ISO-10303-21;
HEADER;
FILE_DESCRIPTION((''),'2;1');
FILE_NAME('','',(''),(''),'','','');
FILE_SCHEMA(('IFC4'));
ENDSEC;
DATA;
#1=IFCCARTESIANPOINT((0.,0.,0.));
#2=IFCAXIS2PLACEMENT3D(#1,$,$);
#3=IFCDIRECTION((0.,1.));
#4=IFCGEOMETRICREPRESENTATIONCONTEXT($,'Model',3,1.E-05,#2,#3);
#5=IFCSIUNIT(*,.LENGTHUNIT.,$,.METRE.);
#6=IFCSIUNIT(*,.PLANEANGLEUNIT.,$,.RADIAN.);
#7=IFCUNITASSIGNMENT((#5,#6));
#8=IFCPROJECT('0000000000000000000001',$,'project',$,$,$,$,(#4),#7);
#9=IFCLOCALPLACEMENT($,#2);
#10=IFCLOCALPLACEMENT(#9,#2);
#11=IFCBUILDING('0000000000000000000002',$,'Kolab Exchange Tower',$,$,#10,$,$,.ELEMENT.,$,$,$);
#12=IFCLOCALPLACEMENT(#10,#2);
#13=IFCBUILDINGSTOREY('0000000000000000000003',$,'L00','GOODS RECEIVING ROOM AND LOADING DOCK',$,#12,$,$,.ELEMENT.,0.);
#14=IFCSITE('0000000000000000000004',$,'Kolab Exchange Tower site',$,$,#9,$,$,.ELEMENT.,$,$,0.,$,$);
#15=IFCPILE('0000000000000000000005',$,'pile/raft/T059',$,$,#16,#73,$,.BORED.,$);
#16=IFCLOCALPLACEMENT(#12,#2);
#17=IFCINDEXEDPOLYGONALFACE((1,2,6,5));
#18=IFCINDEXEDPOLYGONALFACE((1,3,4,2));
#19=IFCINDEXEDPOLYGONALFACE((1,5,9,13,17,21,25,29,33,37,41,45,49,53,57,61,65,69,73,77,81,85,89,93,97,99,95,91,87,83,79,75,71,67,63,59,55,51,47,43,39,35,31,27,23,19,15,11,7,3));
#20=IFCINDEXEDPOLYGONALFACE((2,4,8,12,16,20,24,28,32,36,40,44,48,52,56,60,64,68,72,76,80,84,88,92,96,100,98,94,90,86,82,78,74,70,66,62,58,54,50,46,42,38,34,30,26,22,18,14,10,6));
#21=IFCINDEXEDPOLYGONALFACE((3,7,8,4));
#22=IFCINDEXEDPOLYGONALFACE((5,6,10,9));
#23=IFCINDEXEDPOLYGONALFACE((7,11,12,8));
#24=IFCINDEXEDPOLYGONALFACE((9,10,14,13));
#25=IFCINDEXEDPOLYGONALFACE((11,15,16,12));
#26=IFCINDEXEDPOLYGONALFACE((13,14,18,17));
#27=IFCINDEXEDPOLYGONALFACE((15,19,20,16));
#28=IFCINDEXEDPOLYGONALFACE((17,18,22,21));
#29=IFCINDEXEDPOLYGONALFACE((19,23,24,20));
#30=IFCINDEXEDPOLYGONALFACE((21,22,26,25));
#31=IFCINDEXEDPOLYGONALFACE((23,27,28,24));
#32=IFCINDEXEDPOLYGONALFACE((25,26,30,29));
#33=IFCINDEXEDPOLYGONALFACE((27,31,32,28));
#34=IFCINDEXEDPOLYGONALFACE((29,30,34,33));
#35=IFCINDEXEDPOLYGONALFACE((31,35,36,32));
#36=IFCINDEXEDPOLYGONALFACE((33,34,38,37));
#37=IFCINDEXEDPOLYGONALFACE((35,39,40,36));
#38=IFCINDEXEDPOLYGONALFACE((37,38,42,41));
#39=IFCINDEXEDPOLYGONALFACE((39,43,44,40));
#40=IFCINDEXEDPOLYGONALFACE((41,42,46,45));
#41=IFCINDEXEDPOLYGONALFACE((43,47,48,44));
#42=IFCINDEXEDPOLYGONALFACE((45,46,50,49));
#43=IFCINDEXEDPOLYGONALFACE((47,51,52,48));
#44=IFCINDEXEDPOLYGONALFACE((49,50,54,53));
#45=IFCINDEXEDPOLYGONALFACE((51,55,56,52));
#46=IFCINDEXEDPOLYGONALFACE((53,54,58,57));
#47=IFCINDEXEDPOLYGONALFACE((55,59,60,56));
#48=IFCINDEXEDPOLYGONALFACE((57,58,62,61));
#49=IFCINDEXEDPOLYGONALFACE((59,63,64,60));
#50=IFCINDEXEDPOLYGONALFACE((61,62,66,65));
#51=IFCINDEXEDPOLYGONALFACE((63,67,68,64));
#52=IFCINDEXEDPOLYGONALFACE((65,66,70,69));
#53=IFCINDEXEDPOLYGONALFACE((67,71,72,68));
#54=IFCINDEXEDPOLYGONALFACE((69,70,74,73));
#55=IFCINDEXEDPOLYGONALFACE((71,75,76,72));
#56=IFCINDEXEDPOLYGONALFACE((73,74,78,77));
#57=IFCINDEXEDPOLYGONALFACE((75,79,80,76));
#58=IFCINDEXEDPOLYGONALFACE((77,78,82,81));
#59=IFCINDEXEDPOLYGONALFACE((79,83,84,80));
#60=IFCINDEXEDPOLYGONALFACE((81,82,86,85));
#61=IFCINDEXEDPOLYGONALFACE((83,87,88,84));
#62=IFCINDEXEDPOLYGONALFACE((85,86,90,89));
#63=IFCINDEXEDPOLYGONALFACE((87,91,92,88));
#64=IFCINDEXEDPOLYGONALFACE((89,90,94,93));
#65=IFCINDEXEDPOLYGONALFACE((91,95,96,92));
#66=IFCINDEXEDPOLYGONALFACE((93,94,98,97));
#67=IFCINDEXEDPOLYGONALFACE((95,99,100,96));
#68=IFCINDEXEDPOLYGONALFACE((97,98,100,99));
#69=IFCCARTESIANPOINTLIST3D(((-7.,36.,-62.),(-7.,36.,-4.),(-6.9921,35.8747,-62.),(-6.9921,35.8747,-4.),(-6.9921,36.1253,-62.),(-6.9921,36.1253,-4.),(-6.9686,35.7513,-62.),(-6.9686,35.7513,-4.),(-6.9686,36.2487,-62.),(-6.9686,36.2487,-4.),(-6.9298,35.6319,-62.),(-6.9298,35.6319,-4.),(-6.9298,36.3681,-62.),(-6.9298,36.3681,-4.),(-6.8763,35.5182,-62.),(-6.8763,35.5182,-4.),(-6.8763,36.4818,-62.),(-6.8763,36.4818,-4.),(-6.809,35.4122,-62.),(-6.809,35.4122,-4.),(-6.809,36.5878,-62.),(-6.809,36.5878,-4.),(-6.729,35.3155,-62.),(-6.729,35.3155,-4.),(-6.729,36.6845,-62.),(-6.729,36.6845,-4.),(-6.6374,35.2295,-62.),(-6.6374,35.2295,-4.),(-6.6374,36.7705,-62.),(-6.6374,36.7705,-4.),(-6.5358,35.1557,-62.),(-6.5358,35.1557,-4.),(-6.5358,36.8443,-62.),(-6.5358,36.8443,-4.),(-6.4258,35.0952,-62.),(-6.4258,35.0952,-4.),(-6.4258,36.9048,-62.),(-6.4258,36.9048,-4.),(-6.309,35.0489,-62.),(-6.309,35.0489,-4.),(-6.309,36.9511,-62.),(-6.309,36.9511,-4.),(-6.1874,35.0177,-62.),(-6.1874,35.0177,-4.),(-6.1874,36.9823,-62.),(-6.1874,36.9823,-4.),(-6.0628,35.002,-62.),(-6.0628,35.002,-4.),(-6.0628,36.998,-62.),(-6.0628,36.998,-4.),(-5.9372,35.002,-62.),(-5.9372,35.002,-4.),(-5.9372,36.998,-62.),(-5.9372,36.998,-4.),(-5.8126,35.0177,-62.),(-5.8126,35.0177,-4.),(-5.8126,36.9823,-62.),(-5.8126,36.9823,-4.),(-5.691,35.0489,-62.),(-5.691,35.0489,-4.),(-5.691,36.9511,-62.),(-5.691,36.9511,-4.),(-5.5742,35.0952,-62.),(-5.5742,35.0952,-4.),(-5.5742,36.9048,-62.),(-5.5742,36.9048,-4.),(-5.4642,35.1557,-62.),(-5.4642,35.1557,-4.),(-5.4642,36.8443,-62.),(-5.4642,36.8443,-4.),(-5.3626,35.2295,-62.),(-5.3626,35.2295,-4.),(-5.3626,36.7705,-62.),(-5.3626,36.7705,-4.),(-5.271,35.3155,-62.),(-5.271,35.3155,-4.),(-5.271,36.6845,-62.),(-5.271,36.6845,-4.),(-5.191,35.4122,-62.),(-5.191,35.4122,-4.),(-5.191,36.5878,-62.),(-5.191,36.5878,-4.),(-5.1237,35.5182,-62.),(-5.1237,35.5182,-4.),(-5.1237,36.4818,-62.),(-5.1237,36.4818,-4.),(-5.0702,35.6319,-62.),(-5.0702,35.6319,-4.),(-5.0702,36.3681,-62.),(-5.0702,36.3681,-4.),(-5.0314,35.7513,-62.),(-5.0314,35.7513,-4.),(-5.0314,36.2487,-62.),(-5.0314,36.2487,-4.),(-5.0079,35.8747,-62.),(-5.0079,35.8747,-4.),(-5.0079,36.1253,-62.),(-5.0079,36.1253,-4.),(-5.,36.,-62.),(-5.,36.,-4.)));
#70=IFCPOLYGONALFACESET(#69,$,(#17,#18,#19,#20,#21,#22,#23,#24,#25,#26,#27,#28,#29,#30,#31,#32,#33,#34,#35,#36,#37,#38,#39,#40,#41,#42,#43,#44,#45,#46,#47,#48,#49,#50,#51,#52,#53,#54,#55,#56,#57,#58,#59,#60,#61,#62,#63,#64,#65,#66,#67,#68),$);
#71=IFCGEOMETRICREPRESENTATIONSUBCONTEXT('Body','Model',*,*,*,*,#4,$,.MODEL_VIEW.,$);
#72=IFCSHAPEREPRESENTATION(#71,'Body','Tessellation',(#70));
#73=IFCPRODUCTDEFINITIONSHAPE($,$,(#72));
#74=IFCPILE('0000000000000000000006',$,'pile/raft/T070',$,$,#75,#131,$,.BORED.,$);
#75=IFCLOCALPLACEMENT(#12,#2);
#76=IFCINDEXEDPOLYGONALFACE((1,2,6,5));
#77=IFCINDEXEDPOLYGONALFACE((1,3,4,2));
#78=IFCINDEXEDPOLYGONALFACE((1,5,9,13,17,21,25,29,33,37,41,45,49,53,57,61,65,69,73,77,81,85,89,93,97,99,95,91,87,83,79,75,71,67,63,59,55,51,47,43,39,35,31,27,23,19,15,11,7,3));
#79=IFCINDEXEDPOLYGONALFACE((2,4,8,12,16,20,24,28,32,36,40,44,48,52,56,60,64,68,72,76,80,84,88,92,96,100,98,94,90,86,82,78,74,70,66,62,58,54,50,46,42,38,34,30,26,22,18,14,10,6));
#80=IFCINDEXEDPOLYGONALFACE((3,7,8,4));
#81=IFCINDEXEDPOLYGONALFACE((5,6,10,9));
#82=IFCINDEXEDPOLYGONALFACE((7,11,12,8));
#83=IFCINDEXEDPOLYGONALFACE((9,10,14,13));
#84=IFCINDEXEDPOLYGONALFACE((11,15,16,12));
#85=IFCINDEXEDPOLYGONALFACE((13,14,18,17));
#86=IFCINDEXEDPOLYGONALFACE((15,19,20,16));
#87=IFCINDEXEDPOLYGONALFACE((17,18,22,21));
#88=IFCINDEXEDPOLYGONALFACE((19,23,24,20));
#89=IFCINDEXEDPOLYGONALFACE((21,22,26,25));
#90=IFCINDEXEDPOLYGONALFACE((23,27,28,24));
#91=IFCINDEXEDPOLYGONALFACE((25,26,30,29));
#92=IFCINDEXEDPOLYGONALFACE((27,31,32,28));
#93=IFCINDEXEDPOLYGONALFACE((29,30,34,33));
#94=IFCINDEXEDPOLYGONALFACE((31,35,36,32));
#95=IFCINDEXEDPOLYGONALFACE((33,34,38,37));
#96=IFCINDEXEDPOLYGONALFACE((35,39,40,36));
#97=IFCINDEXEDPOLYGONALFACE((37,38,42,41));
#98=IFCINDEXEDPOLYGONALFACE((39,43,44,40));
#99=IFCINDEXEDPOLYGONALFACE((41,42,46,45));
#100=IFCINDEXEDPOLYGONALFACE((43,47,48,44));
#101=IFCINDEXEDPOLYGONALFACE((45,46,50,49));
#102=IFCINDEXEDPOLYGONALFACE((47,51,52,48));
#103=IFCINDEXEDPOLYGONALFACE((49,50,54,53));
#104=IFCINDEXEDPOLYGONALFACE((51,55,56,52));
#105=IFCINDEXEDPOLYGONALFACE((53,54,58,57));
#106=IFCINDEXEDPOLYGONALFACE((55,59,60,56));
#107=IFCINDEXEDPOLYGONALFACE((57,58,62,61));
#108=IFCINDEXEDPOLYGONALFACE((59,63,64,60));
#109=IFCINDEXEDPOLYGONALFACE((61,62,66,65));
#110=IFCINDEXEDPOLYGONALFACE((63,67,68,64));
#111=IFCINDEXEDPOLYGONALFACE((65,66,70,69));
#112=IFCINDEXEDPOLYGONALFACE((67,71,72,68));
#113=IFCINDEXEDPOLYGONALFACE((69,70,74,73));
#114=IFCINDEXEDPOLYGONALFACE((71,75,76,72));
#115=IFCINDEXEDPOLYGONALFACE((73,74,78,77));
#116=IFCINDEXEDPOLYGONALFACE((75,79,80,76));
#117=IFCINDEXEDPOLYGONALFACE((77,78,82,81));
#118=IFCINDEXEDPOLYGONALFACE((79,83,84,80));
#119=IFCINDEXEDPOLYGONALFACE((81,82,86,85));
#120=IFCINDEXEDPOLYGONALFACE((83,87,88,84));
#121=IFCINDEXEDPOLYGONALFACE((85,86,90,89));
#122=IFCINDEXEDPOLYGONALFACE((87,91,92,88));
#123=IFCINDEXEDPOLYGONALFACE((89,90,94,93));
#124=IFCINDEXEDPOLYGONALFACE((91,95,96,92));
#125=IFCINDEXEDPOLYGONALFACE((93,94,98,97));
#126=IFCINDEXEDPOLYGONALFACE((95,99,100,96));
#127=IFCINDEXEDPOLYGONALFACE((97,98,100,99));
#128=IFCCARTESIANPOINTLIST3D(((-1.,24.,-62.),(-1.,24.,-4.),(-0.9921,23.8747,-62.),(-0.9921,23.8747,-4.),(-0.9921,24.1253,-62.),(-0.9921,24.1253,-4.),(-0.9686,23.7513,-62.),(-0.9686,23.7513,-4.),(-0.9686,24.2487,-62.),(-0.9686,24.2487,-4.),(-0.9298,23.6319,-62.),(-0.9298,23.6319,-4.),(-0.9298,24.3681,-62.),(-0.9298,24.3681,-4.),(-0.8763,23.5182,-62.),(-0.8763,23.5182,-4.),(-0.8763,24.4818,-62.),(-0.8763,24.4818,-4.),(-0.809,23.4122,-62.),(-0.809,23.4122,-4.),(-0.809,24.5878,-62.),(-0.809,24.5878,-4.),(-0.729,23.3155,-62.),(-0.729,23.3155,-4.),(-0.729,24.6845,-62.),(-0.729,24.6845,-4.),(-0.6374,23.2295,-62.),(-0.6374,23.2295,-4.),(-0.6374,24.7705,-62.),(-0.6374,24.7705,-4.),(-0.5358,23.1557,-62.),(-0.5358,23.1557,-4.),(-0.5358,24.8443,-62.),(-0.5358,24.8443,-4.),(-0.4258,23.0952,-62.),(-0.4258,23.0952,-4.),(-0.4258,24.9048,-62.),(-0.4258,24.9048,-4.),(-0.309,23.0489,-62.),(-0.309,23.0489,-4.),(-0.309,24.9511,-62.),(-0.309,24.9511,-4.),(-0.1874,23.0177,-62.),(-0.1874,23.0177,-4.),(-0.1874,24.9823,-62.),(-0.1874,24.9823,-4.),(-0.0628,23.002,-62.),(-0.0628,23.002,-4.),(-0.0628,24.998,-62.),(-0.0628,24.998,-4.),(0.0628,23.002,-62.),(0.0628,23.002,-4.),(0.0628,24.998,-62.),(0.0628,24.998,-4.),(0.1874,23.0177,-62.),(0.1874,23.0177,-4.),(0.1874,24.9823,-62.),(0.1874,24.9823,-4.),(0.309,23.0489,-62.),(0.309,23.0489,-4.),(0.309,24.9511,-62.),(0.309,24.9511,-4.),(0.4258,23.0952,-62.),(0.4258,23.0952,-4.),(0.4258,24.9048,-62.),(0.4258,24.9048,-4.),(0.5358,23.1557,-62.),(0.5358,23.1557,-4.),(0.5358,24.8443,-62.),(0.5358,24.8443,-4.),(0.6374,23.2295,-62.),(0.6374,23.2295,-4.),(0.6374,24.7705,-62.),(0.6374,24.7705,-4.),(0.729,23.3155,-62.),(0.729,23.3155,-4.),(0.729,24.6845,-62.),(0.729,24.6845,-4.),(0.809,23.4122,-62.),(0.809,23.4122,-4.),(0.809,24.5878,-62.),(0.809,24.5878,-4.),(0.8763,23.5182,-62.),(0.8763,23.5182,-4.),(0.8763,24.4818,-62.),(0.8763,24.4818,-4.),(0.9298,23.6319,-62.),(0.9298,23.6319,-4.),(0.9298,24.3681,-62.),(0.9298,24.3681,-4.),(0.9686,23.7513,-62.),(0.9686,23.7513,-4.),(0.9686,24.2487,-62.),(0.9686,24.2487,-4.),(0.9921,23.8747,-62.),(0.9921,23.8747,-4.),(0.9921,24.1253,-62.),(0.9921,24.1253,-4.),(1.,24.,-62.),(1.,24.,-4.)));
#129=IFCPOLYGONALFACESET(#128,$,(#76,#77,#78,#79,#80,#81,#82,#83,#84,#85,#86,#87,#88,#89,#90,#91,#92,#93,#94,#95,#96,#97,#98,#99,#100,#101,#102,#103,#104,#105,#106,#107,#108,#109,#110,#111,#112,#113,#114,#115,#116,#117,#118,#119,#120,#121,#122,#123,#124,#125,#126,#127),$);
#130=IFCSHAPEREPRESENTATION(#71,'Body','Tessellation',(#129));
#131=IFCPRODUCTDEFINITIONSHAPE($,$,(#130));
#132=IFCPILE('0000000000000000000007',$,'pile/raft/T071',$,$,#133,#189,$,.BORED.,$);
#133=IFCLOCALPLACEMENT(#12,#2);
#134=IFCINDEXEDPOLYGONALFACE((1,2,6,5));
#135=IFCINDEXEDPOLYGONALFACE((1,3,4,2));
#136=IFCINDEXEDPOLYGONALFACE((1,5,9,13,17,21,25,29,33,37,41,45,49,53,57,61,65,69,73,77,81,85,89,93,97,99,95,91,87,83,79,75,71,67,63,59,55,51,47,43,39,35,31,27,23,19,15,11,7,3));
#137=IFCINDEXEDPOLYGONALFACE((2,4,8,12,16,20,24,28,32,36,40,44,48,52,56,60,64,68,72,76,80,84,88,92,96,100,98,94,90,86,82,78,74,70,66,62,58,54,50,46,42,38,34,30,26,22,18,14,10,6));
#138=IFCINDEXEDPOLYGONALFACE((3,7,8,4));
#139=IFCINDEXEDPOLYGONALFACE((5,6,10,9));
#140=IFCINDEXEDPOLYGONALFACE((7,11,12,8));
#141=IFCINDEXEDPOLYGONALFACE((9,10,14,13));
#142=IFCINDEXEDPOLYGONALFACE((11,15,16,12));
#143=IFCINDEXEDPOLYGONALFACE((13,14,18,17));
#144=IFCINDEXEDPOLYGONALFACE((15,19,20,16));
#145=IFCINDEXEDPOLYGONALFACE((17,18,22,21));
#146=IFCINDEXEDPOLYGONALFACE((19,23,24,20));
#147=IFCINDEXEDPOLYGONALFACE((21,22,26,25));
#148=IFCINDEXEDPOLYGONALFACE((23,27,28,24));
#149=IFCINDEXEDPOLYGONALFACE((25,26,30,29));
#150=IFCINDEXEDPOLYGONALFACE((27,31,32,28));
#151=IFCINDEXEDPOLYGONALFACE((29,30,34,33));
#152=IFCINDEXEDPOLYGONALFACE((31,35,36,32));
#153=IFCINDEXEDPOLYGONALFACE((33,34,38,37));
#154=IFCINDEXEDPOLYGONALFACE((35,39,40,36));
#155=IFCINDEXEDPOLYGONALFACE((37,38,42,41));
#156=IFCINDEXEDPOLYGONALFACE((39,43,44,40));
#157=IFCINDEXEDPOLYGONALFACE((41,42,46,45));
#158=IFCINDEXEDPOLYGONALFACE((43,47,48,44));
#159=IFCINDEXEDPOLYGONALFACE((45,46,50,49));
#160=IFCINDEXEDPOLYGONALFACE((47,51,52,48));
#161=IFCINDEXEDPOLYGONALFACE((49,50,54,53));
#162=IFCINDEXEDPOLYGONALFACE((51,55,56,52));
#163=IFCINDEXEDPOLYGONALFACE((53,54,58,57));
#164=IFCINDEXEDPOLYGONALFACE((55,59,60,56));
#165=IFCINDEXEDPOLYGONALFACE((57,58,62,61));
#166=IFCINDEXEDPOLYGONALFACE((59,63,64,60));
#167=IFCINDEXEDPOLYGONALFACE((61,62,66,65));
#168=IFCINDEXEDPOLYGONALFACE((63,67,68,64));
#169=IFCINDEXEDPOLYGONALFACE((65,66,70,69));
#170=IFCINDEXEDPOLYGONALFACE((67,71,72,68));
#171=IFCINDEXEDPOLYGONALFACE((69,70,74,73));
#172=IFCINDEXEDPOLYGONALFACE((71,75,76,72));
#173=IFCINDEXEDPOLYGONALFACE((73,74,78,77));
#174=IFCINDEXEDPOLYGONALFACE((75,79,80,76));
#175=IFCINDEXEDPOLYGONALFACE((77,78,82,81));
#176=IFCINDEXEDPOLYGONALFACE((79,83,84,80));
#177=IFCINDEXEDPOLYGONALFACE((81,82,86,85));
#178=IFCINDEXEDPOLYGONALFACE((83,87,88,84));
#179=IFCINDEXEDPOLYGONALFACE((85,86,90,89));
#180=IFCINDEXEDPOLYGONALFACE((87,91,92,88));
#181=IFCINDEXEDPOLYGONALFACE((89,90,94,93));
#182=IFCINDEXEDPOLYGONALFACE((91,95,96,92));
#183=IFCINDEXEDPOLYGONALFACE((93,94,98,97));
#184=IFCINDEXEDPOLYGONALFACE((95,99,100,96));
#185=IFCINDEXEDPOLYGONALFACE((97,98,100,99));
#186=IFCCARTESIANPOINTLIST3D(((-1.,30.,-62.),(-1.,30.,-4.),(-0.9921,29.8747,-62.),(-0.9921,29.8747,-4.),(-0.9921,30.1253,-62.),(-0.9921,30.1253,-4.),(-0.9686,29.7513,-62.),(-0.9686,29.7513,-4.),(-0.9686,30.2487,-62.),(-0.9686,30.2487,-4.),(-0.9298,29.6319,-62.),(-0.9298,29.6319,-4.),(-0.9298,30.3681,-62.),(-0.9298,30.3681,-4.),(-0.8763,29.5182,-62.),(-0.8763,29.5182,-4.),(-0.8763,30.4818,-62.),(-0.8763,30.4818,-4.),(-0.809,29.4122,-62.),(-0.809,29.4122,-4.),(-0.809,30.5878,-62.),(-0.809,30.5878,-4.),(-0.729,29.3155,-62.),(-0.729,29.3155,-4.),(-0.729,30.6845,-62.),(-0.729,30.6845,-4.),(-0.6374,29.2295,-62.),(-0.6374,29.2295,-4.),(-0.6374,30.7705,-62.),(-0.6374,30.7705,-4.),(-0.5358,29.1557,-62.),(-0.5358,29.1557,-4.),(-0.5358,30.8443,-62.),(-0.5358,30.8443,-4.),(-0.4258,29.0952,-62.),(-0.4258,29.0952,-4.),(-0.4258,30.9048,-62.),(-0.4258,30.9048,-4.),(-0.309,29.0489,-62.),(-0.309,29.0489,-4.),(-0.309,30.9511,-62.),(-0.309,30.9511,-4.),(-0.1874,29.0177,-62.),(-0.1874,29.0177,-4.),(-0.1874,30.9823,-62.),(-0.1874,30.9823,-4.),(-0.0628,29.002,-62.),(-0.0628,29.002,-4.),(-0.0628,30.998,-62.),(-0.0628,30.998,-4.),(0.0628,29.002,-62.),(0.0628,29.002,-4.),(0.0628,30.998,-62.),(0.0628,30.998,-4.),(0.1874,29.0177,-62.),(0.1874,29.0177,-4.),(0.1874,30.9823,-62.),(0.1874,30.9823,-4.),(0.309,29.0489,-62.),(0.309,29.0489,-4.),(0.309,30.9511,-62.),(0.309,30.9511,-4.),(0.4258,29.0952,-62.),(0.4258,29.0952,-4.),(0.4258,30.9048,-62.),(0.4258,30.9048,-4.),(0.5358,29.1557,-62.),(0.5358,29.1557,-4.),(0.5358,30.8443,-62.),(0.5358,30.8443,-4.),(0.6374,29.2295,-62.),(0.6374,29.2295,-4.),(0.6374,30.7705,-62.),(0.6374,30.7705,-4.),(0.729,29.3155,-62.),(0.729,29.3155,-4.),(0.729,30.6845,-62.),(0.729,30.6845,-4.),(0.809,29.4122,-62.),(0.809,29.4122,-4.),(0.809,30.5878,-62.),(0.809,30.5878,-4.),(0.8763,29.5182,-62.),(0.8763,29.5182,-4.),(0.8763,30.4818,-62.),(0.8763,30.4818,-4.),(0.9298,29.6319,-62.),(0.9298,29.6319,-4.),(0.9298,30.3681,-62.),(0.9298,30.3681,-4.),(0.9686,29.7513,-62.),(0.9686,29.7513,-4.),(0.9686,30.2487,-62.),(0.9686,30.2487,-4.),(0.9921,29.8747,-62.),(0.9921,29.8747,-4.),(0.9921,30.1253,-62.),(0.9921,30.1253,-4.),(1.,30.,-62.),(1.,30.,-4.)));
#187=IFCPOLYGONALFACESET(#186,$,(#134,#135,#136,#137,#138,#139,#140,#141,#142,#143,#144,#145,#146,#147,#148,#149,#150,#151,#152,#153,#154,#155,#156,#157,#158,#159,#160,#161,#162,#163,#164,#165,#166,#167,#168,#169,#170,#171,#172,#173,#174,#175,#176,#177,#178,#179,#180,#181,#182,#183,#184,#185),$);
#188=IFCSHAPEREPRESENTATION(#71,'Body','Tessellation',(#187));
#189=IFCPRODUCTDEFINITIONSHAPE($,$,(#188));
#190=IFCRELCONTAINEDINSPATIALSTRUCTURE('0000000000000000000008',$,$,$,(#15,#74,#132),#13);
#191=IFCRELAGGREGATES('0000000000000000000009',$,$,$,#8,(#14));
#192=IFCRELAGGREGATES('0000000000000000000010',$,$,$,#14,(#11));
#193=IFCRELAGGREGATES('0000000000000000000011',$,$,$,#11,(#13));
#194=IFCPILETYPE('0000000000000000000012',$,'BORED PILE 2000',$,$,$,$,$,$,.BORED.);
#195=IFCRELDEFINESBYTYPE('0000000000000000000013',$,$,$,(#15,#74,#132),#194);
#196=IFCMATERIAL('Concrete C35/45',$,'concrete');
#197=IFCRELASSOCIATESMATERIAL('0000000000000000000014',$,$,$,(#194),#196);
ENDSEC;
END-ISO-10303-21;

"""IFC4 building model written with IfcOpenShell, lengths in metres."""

from ifc_helpers import new_model, si_unit, direction, frame, origin, origin_2d, place, context, subcontext, project, spatial, circle, extrude, material, material_profile, profile_set, type_object, element, save


model = new_model("IFC4")

# Units and contexts
model_context = context("Model", 3, precision=1e-05, world=origin(), true_north=direction((0.0, 1.0)))
body_context = subcontext(model_context, "Body", "Model", "MODEL_VIEW")
ifc_project = project(units=[si_unit("LENGTHUNIT", "METRE"), si_unit("PLANEANGLEUNIT", "RADIAN")], contexts=[model_context])

# Site, building, storey
site_placement = place(None, origin())
site = spatial("IfcSite", under=ifc_project, at=site_placement, Name="Kolab Exchange Tower site", CompositionType="ELEMENT", RefElevation=0.0)
building_placement = place(site_placement, origin())
building = spatial("IfcBuilding", under=site, at=building_placement, Name="Kolab Exchange Tower", CompositionType="ELEMENT")
storey_placement = place(building_placement, origin())
storey = spatial("IfcBuildingStorey", under=building, at=storey_placement, Name="L00", Description="GOODS RECEIVING ROOM AND LOADING DOCK", CompositionType="ELEMENT", Elevation=0.0)

# Piles
ifc_material_1 = material(Name="Concrete C35/45", Category="concrete")
ifc_material_profile_1 = material_profile(ifc_material_1, circle(Radius=1.0, at=origin_2d()), Name="BP2000")
ifc_profile_set_1 = profile_set([ifc_material_profile_1], Name="Concrete C35/45")
pile_type_1 = type_object("IfcPileType", Name="BORED PILE 2000", PredefinedType="BORED", material=ifc_profile_set_1)
for number, where, z_axis, x_axis, name in (
    (1, (-6.0, 36.0, -4.0), (0.0, 0.0, -1.0), (1.0, 0.0, 0.0), "pile/raft/T059"),
    (2, (0.0, 24.0, -4.0), (0.0, 0.0, -1.0), (1.0, 0.0, 0.0), "pile/raft/T070"),
    (3, (0.0, 30.0, -4.0), (0.0, 0.0, -1.0), (1.0, 0.0, 0.0), "pile/raft/T071"),
):
    element("IfcPile", number, at=place(storey_placement, frame(where, z_axis=z_axis, x_axis=x_axis)), inside=storey, type_object=pile_type_1, Name=name, PredefinedType="BORED", context=body_context, shape_type="SweptSolid", body=[
        extrude(circle(Radius=1.0, at=origin_2d()), origin(), (0.0, 0.0, 1.0), 58.0),
    ])

save(model, "model.ifc")
